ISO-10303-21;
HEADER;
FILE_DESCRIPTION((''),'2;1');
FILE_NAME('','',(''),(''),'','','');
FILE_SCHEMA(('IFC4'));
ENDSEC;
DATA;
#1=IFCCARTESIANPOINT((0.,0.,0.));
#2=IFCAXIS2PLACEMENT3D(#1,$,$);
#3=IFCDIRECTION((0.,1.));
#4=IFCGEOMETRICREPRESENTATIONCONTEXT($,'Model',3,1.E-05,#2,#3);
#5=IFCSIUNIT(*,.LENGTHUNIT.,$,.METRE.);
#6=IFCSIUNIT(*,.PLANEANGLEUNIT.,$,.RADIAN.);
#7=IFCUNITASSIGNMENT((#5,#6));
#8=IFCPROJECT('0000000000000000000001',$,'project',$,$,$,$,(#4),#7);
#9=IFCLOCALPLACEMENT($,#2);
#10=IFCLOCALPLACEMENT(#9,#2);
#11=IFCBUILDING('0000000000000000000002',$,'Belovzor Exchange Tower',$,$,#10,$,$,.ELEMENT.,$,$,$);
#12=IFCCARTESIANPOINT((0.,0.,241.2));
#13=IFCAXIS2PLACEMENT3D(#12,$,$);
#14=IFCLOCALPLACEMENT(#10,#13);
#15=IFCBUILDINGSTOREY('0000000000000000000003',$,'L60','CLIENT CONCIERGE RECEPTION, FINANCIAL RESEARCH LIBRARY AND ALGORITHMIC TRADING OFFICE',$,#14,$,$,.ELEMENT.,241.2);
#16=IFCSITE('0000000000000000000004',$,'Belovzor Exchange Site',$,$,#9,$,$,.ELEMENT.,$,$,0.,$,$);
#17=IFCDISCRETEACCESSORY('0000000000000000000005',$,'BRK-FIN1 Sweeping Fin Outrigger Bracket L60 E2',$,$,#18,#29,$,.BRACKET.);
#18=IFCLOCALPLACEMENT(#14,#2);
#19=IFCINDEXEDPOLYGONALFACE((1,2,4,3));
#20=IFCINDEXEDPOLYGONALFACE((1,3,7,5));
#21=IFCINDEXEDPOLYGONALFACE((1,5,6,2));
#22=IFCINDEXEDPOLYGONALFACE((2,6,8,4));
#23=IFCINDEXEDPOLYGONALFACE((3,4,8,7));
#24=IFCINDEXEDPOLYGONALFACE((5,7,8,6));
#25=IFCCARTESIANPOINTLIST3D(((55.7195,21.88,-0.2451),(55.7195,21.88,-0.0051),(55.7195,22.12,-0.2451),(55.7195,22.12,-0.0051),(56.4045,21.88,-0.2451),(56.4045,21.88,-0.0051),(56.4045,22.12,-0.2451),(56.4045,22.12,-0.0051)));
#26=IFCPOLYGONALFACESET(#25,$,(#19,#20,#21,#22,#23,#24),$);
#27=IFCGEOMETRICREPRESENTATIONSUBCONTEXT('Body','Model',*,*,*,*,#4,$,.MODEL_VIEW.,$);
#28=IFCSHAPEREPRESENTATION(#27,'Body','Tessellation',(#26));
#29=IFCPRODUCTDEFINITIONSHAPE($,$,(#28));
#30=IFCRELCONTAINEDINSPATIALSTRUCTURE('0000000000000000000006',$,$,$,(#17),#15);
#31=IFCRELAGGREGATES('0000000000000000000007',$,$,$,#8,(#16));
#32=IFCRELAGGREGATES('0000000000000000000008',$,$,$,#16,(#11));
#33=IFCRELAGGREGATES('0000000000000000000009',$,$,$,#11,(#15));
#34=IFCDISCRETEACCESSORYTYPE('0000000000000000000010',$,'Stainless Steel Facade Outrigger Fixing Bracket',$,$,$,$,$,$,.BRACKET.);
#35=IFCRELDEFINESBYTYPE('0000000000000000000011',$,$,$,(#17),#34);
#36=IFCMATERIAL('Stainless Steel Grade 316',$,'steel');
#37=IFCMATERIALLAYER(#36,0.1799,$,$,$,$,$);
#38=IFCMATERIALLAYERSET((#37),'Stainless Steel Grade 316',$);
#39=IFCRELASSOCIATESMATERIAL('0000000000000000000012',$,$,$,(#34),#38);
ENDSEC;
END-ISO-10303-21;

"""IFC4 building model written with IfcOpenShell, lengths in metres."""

from ifc_helpers import new_model, si_unit, direction, frame, origin, origin_2d, place, context, subcontext, project, spatial, rectangle, extrude, material, layer, layer_set, type_object, element, save


model = new_model("IFC4")

# Units and contexts
model_context = context("Model", 3, precision=1e-05, world=origin(), true_north=direction((0.0, 1.0)))
body_context = subcontext(model_context, "Body", "Model", "MODEL_VIEW")
ifc_project = project(units=[si_unit("LENGTHUNIT", "METRE"), si_unit("PLANEANGLEUNIT", "RADIAN")], contexts=[model_context])

# Site, building, storey
site_placement = place(None, origin())
site = spatial("IfcSite", under=ifc_project, at=site_placement, Name="Belovzor Exchange Site", CompositionType="ELEMENT", RefElevation=0.0)
building_placement = place(site_placement, origin())
building = spatial("IfcBuilding", under=site, at=building_placement, Name="Belovzor Exchange Tower", CompositionType="ELEMENT")
storey_placement = place(building_placement, frame((0.0, 0.0, 241.2)))
storey = spatial("IfcBuildingStorey", under=building, at=storey_placement, Name="L60", Description="CLIENT CONCIERGE RECEPTION, FINANCIAL RESEARCH LIBRARY AND ALGORITHMIC TRADING OFFICE", CompositionType="ELEMENT", Elevation=241.2)

# Discrete accessory
ifc_material_1 = material(Name="Stainless Steel Grade 316", Category="steel")
ifc_layer_1 = layer(ifc_material_1, 0.1799)
ifc_layer_set_1 = layer_set([ifc_layer_1], Name="Stainless Steel Grade 316")
discrete_accessory_type = type_object("IfcDiscreteAccessoryType", Name="Stainless Steel Facade Outrigger Fixing Bracket", PredefinedType="BRACKET", material=ifc_layer_set_1)
for number, where, z_axis, x_axis, name in (
    (1, (56.062, 22.0, -0.2451), (0.0, 0.0, 1.0), (1.0, 0.0, 0.0), "BRK-FIN1 Sweeping Fin Outrigger Bracket L60 E2"),
):
    element("IfcDiscreteAccessory", number, at=place(storey_placement, frame(where, z_axis=z_axis, x_axis=x_axis)), inside=storey, type_object=discrete_accessory_type, Name=name, PredefinedType="BRACKET", context=body_context, shape_type="SweptSolid", body=[
        extrude(rectangle(XDim=0.6851, YDim=0.24, at=origin_2d()), origin(), (0.0, 0.0, 1.0), 0.24),
    ])

save(model, "model.ifc")
